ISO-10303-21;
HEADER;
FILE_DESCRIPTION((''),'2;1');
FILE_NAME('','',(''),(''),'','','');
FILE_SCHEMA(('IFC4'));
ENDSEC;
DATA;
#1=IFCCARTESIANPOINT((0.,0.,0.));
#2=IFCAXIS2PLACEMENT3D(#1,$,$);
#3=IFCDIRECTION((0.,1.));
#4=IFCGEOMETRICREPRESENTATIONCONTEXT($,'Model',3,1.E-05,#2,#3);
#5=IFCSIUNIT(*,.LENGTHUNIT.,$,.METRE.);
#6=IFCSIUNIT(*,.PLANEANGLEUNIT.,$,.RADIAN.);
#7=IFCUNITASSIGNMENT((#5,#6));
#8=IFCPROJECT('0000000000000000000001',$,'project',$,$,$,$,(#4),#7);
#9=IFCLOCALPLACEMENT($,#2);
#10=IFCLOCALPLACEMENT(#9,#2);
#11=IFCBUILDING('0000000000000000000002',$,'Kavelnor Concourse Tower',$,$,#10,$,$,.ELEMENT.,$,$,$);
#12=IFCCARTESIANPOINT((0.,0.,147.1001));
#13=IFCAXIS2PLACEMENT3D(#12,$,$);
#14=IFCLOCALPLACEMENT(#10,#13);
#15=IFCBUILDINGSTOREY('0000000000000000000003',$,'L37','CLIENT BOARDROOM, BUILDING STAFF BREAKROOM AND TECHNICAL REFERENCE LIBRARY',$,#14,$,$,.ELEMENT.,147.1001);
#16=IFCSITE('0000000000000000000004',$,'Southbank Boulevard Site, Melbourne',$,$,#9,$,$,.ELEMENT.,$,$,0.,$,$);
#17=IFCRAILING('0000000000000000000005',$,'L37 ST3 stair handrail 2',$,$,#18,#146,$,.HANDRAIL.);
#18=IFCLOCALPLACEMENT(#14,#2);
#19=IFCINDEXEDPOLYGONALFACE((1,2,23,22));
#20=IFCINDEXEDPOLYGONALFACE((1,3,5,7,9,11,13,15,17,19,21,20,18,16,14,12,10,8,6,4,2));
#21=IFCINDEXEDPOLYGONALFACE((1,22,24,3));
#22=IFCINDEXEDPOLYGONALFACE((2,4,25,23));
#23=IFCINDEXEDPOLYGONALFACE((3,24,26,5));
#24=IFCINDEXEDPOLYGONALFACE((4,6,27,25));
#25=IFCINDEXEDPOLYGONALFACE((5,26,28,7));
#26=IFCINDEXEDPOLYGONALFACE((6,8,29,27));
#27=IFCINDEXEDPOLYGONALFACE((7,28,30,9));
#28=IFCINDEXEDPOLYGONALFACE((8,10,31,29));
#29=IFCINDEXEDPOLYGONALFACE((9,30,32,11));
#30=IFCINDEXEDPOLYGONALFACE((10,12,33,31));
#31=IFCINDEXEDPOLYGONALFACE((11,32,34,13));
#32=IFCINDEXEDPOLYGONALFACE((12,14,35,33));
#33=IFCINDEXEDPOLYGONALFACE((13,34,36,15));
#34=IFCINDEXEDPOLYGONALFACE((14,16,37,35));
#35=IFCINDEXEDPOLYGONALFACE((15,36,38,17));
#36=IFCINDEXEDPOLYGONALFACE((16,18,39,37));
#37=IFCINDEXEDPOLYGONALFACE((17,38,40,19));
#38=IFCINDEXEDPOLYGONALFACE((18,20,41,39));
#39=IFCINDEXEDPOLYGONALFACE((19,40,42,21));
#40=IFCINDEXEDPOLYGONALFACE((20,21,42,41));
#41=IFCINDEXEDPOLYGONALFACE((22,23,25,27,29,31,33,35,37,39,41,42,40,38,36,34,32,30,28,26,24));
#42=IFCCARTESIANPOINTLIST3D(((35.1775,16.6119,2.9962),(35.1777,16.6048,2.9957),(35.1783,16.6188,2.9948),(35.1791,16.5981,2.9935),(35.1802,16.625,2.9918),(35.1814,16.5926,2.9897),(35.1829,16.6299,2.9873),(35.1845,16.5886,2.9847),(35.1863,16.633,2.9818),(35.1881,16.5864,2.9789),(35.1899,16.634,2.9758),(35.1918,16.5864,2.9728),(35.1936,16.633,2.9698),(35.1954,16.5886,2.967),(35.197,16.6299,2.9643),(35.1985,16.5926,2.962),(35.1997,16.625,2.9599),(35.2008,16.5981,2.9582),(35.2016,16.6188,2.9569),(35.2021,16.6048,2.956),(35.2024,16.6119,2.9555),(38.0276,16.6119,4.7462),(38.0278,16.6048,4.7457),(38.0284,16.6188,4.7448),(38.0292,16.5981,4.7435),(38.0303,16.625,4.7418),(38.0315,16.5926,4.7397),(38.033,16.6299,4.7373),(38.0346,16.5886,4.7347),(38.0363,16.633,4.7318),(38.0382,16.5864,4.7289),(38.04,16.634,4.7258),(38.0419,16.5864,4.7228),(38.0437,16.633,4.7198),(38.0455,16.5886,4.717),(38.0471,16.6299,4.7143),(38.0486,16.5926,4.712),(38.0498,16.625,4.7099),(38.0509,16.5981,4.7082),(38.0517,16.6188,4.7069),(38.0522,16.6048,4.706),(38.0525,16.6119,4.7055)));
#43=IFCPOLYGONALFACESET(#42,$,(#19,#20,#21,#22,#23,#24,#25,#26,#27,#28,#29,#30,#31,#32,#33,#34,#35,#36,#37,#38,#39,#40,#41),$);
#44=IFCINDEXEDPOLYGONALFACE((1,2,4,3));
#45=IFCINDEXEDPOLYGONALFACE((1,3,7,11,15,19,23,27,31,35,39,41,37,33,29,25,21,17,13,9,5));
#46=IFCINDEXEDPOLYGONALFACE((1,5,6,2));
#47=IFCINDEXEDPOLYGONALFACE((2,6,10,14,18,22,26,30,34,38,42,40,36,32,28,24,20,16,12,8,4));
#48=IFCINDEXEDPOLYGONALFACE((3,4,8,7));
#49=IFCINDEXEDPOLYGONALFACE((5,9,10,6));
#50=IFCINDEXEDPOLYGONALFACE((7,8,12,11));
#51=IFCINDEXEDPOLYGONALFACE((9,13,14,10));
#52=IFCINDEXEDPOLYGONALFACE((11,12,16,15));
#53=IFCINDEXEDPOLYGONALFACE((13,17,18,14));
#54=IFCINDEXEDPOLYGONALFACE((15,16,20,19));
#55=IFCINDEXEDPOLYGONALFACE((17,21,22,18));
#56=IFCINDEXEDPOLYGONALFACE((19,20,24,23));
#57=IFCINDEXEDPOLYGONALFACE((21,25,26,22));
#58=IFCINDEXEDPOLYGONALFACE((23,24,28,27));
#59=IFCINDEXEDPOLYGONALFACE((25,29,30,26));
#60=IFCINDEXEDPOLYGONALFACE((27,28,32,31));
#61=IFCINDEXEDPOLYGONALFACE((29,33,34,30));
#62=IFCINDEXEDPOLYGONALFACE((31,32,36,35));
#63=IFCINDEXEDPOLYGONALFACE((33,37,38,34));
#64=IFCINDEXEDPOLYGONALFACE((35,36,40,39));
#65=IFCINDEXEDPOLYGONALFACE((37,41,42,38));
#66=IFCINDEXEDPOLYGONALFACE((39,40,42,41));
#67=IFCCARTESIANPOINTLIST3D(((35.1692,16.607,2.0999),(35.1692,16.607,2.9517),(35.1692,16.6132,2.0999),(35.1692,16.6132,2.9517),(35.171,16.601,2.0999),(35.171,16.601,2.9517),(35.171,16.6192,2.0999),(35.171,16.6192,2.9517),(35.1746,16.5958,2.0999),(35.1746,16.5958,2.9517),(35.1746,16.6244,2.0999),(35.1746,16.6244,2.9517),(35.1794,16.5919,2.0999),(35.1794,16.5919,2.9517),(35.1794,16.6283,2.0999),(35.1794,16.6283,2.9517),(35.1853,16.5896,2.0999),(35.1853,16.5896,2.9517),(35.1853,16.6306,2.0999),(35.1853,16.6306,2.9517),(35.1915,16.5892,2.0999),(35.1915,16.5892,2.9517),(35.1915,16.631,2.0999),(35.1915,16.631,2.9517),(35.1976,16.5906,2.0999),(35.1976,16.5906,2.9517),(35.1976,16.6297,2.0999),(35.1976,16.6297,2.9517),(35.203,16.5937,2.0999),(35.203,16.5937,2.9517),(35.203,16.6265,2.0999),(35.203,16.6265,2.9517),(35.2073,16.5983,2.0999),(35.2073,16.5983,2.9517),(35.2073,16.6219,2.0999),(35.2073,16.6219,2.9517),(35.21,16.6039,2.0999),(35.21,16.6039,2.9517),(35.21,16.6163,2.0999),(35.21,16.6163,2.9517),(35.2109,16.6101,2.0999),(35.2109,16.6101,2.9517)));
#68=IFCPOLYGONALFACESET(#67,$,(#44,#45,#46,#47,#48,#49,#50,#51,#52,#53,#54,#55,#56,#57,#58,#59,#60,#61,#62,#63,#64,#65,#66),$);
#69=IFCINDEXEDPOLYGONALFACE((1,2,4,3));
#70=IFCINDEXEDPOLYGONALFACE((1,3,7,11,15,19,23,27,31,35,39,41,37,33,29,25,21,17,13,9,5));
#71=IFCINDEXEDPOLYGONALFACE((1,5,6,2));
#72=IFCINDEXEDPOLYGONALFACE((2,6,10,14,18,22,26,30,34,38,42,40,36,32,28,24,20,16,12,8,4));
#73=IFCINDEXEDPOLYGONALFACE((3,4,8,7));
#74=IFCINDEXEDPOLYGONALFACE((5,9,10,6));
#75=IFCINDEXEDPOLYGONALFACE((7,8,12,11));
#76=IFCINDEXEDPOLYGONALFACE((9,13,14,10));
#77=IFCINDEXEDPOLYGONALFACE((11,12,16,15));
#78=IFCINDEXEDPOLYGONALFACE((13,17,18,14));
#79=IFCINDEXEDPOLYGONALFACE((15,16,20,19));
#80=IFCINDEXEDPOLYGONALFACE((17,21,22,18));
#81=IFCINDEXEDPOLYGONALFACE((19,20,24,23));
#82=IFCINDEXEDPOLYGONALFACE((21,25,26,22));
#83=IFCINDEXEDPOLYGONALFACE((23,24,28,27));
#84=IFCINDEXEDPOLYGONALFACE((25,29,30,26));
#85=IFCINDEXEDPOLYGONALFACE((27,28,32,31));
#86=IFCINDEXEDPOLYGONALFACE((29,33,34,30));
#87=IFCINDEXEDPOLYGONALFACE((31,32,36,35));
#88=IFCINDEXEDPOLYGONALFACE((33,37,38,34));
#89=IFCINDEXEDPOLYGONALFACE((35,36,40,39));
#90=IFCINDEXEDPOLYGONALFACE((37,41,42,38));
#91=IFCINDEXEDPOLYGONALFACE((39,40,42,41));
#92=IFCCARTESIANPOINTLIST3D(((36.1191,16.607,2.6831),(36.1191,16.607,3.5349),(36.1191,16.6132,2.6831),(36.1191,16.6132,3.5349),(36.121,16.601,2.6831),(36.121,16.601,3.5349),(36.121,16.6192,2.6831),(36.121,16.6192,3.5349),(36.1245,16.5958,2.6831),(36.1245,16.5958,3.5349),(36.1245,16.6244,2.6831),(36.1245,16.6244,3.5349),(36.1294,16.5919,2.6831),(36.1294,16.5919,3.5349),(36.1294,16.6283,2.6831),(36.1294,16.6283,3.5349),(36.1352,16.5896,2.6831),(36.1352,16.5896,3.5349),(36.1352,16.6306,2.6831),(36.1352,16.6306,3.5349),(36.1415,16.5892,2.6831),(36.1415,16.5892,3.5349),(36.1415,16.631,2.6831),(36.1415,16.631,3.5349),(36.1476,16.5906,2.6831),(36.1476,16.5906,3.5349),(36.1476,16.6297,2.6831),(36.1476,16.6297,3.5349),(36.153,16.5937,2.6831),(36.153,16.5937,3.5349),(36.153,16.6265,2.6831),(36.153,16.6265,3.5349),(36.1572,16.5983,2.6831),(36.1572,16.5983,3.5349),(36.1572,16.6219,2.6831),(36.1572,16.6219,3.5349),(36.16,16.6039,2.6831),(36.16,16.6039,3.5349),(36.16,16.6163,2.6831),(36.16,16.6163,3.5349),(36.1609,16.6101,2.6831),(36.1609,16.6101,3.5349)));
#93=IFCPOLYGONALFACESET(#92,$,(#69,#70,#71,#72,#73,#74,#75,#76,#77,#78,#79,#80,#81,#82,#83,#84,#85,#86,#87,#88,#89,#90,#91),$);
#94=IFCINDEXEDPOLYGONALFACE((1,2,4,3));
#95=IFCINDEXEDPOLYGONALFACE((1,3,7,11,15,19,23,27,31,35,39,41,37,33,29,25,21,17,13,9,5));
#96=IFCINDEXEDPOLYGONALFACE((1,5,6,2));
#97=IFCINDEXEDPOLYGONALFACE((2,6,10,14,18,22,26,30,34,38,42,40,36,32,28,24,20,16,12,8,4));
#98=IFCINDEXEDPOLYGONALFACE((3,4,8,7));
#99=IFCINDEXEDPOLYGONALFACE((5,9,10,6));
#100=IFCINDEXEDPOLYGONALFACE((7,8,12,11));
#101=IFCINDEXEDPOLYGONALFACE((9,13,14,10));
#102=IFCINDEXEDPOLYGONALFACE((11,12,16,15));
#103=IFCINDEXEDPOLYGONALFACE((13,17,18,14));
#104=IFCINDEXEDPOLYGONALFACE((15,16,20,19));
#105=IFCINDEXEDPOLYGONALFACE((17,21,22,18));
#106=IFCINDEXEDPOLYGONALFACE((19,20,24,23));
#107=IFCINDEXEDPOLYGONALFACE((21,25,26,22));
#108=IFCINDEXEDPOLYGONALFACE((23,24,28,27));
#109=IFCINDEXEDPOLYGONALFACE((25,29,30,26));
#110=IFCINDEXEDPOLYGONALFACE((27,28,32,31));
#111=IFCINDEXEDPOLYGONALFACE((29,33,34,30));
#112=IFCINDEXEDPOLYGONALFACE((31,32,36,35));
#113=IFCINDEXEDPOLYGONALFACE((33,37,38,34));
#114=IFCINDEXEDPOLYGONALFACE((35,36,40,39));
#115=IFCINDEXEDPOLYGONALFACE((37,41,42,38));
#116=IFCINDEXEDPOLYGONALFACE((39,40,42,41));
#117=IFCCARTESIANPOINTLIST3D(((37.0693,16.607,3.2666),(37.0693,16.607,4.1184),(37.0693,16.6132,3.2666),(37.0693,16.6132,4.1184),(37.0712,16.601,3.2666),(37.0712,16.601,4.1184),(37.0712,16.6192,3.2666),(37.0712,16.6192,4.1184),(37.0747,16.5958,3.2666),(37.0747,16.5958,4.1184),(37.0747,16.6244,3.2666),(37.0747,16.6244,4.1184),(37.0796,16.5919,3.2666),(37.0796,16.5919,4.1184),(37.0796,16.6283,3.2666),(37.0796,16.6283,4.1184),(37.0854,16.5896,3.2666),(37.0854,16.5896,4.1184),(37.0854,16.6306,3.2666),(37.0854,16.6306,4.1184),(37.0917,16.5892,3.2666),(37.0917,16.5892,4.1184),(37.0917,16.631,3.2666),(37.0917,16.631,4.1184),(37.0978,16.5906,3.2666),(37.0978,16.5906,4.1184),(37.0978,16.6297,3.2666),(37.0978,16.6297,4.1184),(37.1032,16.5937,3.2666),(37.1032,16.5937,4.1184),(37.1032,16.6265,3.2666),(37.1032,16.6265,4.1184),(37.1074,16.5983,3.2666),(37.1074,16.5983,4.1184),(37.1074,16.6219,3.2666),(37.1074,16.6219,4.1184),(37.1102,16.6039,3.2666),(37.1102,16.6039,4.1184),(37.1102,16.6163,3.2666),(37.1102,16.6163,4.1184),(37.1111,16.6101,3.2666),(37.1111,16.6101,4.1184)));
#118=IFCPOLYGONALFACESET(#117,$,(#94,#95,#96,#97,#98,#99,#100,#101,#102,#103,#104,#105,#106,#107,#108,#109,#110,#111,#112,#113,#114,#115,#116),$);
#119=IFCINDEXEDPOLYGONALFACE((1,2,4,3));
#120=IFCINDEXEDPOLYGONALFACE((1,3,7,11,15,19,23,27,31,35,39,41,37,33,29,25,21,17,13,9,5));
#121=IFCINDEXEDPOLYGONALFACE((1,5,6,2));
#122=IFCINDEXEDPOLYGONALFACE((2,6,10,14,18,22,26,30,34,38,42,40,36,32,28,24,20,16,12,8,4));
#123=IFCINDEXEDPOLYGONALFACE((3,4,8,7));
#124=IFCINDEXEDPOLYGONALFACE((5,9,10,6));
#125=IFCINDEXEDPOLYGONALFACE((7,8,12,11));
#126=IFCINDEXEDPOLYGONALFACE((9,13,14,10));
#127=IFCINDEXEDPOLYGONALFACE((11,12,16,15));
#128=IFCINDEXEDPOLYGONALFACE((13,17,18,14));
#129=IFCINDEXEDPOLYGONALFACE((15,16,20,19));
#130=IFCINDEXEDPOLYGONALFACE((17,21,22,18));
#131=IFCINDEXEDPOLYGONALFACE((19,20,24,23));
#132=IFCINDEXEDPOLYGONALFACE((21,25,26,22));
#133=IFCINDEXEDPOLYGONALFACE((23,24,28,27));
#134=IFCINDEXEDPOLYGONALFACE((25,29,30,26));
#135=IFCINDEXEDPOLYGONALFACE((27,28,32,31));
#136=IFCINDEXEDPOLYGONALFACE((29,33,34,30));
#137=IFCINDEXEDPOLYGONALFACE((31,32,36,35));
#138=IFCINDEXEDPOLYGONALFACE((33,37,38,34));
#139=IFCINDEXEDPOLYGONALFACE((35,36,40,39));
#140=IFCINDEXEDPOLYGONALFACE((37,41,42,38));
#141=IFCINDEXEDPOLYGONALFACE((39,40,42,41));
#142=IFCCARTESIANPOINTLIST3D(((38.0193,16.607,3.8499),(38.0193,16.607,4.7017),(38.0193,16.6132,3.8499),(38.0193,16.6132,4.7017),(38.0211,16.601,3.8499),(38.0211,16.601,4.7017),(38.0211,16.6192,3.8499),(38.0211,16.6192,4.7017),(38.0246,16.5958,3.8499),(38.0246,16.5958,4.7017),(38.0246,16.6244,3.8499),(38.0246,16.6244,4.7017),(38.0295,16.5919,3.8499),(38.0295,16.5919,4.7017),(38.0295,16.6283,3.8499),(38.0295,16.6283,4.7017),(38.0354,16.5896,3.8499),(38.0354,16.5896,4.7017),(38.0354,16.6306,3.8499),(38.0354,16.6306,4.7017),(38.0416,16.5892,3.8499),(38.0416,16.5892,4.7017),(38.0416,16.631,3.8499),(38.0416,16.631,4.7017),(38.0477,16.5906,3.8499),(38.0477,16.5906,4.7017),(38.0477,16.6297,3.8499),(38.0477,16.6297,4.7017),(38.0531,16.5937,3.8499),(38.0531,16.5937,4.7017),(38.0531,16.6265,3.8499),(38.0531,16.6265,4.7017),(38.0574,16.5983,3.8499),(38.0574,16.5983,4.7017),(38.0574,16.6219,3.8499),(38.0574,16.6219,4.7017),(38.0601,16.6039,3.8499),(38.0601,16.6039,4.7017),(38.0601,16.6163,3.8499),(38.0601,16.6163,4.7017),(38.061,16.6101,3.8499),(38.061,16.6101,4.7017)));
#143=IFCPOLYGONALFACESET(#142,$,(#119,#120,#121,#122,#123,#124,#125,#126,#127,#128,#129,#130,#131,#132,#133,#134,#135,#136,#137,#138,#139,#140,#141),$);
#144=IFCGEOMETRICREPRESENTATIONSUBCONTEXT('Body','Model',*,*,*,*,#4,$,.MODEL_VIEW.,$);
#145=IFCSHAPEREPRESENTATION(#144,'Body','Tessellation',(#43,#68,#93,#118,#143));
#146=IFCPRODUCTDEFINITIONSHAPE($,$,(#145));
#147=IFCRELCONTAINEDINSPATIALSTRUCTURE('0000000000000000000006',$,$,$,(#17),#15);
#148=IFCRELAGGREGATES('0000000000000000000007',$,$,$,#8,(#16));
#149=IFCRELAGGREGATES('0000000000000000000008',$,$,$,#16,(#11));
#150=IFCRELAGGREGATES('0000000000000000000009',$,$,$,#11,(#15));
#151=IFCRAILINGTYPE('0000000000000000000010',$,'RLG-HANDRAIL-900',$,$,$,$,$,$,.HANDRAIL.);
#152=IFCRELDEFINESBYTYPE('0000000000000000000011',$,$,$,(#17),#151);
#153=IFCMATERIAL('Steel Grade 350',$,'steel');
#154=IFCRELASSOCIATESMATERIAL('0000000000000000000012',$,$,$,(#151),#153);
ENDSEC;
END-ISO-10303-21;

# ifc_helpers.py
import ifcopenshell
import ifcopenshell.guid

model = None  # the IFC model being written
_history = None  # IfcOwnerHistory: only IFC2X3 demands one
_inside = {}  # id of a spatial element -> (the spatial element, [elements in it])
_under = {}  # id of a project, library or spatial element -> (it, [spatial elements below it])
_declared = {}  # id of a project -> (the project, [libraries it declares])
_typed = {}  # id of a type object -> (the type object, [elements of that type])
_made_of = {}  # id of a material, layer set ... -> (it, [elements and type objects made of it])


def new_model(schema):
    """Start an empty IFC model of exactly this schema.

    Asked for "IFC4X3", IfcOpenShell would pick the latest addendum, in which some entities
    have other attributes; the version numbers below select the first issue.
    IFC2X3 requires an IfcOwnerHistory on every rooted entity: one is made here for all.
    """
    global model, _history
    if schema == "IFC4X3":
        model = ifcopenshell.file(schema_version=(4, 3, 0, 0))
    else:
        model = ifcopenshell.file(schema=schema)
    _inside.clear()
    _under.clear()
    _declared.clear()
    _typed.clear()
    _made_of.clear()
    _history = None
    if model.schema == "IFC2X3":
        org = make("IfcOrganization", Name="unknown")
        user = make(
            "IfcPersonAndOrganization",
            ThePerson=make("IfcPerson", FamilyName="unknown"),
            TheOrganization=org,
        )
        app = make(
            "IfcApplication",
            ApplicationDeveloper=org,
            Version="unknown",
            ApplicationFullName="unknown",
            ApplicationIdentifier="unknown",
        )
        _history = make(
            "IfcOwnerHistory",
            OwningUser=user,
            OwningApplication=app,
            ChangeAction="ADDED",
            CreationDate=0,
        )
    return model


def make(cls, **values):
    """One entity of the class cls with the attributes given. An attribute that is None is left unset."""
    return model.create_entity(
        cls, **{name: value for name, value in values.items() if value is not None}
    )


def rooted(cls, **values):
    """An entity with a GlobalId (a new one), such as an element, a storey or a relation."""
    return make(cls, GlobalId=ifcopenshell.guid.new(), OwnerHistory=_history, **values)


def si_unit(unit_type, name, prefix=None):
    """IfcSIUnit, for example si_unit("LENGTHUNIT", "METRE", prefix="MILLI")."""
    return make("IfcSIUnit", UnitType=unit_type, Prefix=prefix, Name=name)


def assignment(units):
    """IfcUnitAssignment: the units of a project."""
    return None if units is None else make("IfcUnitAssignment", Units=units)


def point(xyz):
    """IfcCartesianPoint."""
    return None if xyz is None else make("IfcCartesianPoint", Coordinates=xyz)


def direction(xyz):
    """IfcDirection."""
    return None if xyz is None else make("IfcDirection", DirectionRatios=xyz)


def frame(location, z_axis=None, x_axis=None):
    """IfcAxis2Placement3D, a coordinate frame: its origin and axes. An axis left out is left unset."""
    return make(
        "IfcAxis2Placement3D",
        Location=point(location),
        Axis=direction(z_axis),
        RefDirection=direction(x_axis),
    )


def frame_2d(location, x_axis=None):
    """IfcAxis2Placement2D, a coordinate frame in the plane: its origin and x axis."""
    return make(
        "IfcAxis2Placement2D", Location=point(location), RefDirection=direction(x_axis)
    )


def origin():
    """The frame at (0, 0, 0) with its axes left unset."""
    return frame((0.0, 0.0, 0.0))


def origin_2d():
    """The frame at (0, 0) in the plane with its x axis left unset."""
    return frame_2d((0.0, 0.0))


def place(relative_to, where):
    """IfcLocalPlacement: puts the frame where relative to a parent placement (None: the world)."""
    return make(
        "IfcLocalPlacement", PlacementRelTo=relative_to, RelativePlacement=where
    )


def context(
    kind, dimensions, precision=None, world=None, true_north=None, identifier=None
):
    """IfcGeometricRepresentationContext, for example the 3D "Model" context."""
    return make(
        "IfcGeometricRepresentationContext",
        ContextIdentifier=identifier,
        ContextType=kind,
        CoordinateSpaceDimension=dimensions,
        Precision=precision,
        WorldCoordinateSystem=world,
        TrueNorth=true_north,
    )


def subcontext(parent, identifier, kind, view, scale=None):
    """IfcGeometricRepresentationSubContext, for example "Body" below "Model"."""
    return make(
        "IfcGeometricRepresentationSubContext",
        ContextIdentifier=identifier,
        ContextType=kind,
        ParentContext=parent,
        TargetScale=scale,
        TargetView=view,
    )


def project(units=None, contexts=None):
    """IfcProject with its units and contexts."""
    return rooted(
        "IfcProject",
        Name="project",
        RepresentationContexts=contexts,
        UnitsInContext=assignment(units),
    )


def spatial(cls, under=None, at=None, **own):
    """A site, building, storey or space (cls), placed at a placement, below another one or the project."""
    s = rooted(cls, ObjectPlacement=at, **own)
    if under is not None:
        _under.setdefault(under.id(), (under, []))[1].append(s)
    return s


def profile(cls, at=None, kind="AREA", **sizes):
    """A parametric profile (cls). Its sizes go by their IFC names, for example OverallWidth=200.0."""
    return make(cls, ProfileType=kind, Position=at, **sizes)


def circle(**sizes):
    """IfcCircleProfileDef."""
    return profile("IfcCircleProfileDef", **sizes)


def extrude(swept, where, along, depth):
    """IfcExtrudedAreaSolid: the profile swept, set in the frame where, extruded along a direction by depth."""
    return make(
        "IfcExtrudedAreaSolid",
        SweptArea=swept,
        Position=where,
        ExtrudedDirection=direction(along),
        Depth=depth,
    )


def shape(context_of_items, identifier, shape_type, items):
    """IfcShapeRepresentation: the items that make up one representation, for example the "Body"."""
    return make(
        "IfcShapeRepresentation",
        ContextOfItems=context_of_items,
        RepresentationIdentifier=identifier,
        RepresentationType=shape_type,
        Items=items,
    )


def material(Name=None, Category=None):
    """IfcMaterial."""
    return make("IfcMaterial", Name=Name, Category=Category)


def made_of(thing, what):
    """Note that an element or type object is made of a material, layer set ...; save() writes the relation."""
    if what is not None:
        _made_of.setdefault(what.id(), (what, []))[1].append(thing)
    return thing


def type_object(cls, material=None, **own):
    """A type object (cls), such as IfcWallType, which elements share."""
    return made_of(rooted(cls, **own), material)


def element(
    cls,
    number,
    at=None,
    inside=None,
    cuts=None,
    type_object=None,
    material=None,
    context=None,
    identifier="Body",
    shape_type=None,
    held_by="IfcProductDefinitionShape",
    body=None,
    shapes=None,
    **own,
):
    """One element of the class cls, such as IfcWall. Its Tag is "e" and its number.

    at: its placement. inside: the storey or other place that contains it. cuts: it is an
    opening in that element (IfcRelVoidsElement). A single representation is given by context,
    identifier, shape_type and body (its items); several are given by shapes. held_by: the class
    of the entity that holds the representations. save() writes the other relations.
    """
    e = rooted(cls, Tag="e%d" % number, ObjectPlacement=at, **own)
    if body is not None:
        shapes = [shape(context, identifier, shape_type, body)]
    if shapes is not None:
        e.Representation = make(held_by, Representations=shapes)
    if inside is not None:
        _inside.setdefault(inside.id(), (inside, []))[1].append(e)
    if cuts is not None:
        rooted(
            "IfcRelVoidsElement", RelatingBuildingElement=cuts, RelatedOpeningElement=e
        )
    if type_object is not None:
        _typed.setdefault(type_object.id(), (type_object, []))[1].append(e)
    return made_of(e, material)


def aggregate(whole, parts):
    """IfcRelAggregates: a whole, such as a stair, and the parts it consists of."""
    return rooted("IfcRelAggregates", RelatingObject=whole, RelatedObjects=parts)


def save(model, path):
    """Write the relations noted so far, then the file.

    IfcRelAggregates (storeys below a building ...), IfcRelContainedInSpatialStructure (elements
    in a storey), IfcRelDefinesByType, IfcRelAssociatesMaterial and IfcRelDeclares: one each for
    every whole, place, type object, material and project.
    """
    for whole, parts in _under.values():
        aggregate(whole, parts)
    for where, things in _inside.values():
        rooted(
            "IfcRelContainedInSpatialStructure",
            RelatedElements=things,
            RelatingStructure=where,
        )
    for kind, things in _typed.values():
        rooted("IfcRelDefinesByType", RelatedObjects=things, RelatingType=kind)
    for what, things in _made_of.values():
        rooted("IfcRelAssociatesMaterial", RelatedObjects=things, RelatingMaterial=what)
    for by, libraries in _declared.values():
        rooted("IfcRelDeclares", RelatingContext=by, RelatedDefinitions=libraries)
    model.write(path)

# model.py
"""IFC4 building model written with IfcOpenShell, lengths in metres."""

from ifc_helpers import new_model, si_unit, direction, frame, origin, origin_2d, place, context, subcontext, project, spatial, circle, extrude, material, type_object, element, save


model = new_model("IFC4")

# Units and contexts
model_context = context("Model", 3, precision=1e-05, world=origin(), true_north=direction((0.0, 1.0)))
body_context = subcontext(model_context, "Body", "Model", "MODEL_VIEW")
ifc_project = project(units=[si_unit("LENGTHUNIT", "METRE"), si_unit("PLANEANGLEUNIT", "RADIAN")], contexts=[model_context])

# Site, building, storey
site_placement = place(None, origin())
site = spatial("IfcSite", under=ifc_project, at=site_placement, Name="Southbank Boulevard Site, Melbourne", CompositionType="ELEMENT", RefElevation=0.0)
building_placement = place(site_placement, origin())
building = spatial("IfcBuilding", under=site, at=building_placement, Name="Kavelnor Concourse Tower", CompositionType="ELEMENT")
storey_placement = place(building_placement, frame((0.0, 0.0, 147.1001)))
storey = spatial("IfcBuildingStorey", under=building, at=storey_placement, Name="L37", Description="CLIENT BOARDROOM, BUILDING STAFF BREAKROOM AND TECHNICAL REFERENCE LIBRARY", CompositionType="ELEMENT", Elevation=147.1001)

# Shared definitions
ifc_material_1 = material(Name="Steel Grade 350", Category="steel")

# Railing
railing_type = type_object("IfcRailingType", Name="RLG-HANDRAIL-900", PredefinedType="HANDRAIL", material=ifc_material_1)
railing_1_placement = place(storey_placement, frame((35.1899, 16.6101, 2.0999)))
element("IfcRailing", 1, at=railing_1_placement, inside=storey, type_object=railing_type, Name="L37 ST3 stair handrail 2", PredefinedType="HANDRAIL", context=body_context, shape_type="SweptSolid", body=[
    extrude(circle(Radius=0.0239, at=origin_2d()), frame((0.0, 0.0, 0.876), z_axis=(0.852179, 0.0, 0.52325), x_axis=(0.0, 1.0, 0.0)), (0.0, 0.0, 1.0), 3.3445),
    extrude(circle(Radius=0.021, at=origin_2d()), origin(), (0.0, 0.0, 1.0), 0.8518),
    extrude(circle(Radius=0.021, at=origin_2d()), frame((0.95, 0.0, 0.5833)), (0.0, 0.0, 1.0), 0.8518),
    extrude(circle(Radius=0.021, at=origin_2d()), frame((1.9001, 0.0, 1.1667)), (0.0, 0.0, 1.0), 0.8518),
    extrude(circle(Radius=0.021, at=origin_2d()), frame((2.8501, 0.0, 1.75)), (0.0, 0.0, 1.0), 0.8518),
])

save(model, "model.ifc")
